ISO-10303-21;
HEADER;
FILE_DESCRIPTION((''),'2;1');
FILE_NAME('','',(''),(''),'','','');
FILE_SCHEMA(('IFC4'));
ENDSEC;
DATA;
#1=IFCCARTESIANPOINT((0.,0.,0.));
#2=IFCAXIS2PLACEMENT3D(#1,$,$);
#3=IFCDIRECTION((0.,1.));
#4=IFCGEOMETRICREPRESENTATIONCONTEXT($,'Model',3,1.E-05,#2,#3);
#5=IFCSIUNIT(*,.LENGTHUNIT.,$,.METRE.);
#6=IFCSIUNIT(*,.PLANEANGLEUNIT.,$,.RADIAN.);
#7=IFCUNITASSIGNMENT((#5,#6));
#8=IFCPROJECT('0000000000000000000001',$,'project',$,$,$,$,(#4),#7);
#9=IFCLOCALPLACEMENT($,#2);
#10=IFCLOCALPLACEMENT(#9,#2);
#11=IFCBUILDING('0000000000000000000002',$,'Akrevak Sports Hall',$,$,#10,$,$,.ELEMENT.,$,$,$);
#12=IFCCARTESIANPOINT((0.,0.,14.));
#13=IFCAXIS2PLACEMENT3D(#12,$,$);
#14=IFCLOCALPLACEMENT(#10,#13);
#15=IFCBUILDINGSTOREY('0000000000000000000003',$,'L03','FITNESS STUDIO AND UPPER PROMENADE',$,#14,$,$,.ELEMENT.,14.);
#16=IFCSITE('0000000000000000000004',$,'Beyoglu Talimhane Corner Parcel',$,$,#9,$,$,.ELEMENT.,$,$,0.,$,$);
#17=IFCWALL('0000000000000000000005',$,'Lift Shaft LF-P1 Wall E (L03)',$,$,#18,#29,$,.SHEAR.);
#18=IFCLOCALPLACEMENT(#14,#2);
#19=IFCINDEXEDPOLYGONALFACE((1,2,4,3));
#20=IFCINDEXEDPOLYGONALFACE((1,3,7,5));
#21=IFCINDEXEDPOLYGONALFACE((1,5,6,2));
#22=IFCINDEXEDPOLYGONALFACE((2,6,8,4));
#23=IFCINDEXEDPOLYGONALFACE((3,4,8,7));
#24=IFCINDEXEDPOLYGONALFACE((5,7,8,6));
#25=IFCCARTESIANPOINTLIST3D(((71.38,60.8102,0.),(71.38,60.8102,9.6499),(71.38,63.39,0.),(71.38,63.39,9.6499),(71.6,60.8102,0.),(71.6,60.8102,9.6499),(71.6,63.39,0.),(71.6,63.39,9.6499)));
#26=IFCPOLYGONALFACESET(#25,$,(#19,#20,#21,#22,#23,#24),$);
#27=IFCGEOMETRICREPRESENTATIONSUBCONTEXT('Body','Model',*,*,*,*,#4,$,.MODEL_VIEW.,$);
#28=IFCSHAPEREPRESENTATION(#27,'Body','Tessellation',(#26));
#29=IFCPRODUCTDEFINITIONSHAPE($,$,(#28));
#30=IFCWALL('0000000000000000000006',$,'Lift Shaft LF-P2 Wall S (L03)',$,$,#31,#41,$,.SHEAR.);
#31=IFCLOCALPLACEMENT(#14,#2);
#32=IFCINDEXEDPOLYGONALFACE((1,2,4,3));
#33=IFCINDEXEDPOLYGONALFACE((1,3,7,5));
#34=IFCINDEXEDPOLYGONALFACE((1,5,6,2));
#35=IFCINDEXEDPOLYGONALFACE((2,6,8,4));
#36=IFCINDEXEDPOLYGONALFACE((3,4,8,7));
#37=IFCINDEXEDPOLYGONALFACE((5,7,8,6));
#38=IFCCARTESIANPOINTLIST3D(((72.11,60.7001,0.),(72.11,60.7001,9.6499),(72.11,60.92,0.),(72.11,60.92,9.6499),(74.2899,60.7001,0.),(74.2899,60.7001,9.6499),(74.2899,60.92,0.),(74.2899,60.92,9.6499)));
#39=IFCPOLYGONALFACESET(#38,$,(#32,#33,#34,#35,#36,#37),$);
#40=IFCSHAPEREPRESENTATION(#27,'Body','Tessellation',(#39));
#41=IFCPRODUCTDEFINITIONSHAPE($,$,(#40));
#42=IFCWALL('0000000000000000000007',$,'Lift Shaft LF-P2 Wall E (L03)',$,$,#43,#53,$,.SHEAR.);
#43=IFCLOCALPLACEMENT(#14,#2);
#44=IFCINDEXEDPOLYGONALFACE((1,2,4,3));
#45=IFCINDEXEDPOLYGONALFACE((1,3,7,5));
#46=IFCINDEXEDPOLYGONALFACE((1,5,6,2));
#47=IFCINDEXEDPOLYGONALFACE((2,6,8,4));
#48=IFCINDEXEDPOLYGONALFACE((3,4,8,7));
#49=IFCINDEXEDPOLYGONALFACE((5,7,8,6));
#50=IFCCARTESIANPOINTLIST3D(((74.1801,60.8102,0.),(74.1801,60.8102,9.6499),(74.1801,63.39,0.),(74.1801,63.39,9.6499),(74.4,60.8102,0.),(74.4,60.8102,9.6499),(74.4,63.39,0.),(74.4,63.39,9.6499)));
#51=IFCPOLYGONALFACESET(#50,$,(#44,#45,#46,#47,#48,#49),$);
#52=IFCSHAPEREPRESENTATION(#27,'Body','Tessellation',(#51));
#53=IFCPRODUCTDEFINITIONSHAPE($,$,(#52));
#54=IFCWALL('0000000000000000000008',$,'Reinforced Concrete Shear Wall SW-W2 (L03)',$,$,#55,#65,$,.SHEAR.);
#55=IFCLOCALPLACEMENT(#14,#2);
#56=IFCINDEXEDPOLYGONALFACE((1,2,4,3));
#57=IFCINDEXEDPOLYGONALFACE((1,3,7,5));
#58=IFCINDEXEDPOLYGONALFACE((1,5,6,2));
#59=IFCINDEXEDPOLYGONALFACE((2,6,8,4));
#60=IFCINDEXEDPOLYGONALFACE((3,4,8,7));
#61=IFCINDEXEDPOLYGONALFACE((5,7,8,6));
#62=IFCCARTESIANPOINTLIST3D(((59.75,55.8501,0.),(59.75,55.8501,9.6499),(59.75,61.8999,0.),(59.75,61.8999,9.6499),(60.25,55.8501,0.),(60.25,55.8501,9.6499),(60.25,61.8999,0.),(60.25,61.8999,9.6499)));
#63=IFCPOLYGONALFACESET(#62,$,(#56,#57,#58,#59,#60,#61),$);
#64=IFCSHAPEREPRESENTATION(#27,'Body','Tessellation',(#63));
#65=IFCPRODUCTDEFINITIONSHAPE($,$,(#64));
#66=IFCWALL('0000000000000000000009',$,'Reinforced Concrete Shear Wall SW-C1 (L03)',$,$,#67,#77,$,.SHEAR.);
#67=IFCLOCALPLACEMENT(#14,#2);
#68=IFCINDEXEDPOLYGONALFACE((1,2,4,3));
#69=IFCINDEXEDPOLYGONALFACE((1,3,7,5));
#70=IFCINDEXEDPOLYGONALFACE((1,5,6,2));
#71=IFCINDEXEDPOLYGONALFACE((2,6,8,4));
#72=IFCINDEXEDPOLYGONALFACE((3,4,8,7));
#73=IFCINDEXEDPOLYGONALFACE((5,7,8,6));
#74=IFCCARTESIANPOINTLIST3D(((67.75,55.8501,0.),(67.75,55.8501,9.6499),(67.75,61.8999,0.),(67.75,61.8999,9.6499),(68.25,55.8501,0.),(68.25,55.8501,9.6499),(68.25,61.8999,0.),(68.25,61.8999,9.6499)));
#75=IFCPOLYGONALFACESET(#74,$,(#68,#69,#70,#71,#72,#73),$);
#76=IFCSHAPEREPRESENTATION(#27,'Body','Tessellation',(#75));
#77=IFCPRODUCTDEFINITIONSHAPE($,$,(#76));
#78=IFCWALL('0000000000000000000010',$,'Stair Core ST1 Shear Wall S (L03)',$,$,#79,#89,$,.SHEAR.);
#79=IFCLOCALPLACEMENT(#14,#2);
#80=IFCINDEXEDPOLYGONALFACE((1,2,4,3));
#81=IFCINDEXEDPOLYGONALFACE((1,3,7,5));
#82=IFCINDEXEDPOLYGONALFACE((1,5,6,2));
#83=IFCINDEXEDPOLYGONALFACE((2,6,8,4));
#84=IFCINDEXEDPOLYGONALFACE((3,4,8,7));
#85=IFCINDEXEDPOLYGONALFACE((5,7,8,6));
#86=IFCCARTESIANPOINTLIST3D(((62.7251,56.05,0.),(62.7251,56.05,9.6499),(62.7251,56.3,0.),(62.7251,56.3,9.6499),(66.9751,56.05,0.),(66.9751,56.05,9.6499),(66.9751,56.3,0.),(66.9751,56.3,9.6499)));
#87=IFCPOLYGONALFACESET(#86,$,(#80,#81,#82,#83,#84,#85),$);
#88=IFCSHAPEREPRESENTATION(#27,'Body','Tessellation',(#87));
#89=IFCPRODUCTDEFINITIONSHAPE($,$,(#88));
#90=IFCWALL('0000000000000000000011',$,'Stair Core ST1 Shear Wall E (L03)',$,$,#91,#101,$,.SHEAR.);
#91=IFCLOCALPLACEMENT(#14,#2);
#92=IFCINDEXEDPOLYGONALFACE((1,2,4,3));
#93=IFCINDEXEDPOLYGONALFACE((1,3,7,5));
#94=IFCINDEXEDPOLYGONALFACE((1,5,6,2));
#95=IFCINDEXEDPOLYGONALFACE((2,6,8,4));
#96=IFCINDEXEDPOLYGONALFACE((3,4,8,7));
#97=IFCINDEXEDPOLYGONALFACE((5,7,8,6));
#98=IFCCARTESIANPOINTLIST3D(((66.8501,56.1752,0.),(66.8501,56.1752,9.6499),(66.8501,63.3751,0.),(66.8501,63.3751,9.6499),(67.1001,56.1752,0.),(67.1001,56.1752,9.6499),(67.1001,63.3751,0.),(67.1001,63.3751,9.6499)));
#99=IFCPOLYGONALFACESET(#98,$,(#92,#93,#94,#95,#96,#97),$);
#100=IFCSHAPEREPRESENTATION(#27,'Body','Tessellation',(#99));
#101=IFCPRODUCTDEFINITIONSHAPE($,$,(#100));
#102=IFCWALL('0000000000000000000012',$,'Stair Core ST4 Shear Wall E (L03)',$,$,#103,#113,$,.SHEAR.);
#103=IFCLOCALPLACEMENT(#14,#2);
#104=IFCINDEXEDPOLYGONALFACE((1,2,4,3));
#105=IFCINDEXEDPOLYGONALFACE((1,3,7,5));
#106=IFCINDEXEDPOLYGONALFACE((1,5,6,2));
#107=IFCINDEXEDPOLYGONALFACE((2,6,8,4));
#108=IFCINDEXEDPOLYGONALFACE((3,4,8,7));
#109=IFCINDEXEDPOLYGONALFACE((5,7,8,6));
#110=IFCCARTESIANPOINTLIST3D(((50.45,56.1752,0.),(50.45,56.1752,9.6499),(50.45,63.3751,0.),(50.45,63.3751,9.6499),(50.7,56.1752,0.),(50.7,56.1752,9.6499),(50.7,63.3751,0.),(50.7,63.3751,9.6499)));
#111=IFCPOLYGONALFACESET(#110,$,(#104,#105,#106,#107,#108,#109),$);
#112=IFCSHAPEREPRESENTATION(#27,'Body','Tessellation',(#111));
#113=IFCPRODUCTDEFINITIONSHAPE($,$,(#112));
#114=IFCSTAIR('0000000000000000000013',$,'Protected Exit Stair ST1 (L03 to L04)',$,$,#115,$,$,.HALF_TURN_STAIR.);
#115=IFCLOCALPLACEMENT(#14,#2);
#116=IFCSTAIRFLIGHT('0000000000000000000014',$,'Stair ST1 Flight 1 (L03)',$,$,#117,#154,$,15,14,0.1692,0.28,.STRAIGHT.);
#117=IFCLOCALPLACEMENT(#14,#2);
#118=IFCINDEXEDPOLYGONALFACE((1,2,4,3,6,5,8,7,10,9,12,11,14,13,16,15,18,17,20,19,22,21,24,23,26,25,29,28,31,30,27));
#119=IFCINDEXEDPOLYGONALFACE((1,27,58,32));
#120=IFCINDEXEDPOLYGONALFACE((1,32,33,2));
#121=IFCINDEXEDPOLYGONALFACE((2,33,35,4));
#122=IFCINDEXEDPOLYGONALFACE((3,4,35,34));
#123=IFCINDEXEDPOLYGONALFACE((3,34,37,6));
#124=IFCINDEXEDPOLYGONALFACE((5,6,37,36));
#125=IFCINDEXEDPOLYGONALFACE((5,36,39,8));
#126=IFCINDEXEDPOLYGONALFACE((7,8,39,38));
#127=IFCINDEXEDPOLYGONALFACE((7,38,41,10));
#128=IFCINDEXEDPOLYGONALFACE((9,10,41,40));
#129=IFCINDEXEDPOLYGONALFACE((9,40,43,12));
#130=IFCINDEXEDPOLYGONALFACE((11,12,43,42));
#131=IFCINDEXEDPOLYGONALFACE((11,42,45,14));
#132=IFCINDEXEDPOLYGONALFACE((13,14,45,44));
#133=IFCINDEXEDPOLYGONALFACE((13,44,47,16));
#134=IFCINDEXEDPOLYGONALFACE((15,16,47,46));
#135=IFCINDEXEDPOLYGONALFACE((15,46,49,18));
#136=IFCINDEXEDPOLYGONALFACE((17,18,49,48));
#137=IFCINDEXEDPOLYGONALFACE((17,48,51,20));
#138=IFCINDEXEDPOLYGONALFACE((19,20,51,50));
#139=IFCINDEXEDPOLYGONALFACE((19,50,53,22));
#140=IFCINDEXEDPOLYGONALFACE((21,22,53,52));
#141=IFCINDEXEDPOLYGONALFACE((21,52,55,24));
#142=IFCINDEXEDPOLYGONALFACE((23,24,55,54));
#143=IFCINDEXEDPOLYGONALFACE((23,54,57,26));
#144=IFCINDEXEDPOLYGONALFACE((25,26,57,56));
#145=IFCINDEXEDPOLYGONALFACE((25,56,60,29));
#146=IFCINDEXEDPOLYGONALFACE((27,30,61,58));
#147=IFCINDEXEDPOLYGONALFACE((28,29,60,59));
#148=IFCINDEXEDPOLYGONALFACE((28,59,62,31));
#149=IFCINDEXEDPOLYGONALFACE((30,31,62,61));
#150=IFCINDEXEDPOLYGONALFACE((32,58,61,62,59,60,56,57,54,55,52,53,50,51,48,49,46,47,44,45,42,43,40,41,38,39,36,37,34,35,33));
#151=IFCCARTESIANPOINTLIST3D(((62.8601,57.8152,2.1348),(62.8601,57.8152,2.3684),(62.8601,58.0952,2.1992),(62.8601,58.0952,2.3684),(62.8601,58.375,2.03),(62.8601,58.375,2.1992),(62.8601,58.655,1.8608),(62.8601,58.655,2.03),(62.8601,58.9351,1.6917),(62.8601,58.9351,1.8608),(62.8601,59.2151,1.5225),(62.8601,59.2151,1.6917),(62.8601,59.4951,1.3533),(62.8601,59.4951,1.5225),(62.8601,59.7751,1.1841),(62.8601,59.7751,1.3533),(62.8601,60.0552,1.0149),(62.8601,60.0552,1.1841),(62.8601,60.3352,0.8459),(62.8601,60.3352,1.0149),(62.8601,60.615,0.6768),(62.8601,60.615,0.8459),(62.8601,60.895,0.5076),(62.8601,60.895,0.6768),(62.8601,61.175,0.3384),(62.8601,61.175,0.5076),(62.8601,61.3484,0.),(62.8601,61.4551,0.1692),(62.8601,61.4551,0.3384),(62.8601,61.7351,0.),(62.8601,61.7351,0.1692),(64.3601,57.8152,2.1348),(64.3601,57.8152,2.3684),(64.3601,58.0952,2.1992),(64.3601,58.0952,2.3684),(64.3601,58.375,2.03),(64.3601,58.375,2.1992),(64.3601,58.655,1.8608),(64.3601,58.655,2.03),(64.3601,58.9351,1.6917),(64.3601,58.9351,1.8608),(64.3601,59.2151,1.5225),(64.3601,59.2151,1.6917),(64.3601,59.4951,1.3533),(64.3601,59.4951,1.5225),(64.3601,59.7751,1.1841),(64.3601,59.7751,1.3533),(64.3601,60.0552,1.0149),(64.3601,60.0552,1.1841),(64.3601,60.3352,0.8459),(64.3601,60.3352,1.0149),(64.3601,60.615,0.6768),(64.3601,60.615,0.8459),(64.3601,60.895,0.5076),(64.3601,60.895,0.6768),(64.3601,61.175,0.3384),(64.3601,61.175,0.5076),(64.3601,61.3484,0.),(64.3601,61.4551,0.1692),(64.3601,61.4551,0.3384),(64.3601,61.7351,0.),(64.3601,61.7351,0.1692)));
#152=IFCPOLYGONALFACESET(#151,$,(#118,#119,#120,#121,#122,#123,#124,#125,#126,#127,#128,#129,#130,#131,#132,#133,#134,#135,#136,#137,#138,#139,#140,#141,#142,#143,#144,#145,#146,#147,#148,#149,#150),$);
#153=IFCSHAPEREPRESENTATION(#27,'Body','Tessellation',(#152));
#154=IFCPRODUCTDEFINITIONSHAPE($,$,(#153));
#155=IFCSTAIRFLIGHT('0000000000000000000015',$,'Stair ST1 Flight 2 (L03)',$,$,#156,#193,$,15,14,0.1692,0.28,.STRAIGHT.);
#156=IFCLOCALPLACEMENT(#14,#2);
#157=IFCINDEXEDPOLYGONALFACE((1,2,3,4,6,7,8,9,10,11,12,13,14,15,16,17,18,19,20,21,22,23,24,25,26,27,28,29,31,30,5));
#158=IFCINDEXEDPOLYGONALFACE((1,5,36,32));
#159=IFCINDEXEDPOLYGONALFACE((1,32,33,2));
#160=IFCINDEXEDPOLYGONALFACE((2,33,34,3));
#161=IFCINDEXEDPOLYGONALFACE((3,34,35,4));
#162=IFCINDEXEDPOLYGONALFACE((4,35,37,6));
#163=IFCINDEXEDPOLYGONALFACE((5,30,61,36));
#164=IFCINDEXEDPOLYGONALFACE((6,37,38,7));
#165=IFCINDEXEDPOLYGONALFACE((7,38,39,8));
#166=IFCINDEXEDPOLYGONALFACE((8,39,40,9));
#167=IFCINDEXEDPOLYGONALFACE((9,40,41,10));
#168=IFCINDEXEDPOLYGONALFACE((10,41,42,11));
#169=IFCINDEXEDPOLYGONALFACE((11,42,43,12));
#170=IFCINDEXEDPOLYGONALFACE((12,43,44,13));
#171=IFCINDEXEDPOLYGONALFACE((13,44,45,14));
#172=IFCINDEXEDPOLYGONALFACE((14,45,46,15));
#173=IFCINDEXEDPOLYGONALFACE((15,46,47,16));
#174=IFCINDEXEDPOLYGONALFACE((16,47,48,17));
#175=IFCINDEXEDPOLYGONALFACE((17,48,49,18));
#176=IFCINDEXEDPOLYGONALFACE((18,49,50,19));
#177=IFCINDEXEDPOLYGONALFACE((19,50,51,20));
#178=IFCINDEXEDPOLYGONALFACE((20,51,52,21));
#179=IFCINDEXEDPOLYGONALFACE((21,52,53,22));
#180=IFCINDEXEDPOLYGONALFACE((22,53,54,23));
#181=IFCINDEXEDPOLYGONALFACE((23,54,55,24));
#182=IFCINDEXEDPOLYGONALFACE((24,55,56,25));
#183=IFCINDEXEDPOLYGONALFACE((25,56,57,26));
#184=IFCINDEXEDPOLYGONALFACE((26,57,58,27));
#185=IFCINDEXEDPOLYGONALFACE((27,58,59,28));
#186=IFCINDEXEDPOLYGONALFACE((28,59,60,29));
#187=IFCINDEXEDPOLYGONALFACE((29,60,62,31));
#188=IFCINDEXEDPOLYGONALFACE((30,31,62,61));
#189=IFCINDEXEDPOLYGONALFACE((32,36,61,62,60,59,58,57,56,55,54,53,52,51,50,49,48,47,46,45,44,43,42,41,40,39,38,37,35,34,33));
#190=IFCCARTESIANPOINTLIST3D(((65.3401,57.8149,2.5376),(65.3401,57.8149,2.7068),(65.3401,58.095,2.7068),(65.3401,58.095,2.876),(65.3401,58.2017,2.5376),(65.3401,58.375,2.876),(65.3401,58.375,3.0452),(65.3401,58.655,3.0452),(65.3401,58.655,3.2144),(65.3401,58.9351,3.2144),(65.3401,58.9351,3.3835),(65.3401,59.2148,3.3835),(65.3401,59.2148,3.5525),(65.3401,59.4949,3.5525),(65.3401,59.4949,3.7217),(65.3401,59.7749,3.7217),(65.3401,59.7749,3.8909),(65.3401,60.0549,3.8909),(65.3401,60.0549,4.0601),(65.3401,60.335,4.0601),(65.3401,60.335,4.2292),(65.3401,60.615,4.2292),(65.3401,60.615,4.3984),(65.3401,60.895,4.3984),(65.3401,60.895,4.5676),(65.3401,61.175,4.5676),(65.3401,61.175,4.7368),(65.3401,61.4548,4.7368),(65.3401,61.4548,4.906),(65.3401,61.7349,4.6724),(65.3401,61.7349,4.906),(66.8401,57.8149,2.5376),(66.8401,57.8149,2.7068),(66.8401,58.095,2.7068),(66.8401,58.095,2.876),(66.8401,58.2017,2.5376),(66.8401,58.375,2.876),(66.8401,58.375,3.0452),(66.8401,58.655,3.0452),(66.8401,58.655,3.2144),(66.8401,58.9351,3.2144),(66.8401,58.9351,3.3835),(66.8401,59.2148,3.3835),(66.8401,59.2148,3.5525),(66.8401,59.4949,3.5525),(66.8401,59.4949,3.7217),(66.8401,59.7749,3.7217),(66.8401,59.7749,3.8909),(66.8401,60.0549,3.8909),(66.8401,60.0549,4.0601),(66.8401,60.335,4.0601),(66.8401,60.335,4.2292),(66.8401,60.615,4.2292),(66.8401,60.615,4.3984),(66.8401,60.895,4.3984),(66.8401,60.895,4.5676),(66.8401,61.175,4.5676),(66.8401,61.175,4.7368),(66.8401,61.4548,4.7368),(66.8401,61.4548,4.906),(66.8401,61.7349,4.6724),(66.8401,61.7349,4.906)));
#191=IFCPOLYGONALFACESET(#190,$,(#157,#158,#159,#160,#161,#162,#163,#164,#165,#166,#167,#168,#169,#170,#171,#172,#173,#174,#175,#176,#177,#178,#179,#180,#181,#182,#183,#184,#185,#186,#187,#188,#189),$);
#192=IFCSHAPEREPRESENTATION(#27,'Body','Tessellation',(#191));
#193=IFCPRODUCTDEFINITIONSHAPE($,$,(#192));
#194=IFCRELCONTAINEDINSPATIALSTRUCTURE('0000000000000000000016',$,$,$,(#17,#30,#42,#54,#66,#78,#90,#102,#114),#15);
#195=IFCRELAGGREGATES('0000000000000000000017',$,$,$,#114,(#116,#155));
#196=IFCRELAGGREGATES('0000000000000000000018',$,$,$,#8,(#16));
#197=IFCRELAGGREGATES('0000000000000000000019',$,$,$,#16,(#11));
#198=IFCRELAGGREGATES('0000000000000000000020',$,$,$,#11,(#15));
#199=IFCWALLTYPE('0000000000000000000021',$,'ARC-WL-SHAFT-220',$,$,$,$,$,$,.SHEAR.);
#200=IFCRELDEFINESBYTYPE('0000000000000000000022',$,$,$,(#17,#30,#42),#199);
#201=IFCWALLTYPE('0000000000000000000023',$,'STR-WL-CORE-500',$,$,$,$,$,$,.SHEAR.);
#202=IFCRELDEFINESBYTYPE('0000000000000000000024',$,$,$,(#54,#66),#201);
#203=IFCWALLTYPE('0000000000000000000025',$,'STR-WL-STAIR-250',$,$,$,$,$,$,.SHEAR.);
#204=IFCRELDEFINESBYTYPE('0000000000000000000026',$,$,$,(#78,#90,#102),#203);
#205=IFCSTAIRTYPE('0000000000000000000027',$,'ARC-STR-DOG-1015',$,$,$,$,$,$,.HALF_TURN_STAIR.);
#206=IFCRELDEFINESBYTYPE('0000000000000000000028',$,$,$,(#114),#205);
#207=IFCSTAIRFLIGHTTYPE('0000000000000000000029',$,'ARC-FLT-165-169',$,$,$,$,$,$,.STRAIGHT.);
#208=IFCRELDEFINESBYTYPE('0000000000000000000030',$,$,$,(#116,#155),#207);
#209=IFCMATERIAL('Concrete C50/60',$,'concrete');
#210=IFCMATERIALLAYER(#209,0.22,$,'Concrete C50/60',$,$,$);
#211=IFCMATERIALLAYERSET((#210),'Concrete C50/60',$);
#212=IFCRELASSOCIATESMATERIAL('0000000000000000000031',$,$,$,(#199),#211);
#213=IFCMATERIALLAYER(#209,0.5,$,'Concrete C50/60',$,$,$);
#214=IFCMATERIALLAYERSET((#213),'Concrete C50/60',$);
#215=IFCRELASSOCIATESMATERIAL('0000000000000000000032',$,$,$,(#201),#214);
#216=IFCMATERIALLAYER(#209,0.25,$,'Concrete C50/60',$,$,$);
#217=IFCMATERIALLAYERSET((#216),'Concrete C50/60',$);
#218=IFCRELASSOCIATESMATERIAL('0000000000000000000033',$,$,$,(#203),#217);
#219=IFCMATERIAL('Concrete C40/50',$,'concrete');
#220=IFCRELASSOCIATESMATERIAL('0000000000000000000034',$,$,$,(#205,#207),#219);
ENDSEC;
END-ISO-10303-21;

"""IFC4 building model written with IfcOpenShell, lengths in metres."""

from ifc_helpers import new_model, si_unit, direction, frame, frame_2d, origin, place, context, subcontext, project, spatial, polyline, rectangle, outline, extrude, material, layer, layer_set, type_object, element, aggregate, save


model = new_model("IFC4")

# Units and contexts
model_context = context("Model", 3, precision=1e-05, world=origin(), true_north=direction((0.0, 1.0)))
body_context = subcontext(model_context, "Body", "Model", "MODEL_VIEW")
ifc_project = project(units=[si_unit("LENGTHUNIT", "METRE"), si_unit("PLANEANGLEUNIT", "RADIAN")], contexts=[model_context])

# Site, building, storey
site_placement = place(None, origin())
site = spatial("IfcSite", under=ifc_project, at=site_placement, Name="Beyoglu Talimhane Corner Parcel", CompositionType="ELEMENT", RefElevation=0.0)
building_placement = place(site_placement, origin())
building = spatial("IfcBuilding", under=site, at=building_placement, Name="Akrevak Sports Hall", CompositionType="ELEMENT")
storey_placement = place(building_placement, frame((0.0, 0.0, 14.0)))
storey = spatial("IfcBuildingStorey", under=building, at=storey_placement, Name="L03", Description="FITNESS STUDIO AND UPPER PROMENADE", CompositionType="ELEMENT", Elevation=14.0)

# Shared definitions
ifc_material_1 = material(Name="Concrete C50/60", Category="concrete")

# Shared definitions
ifc_material_2 = material(Name="Concrete C40/50", Category="concrete")

# Walls
ifc_layer_1 = layer(ifc_material_1, 0.22, Name="Concrete C50/60")
ifc_layer_set_1 = layer_set([ifc_layer_1], Name="Concrete C50/60")
wall_type_1 = type_object("IfcWallType", Name="ARC-WL-SHAFT-220", PredefinedType="SHEAR", material=ifc_layer_set_1)
wall_1_placement = place(storey_placement, frame((71.49, 60.8101, 0.0), z_axis=(0.0, 0.0, 1.0), x_axis=(0.0, 1.0, 0.0)))
element("IfcWall", 1, at=wall_1_placement, inside=storey, type_object=wall_type_1, Name="Lift Shaft LF-P1 Wall E (L03)", PredefinedType="SHEAR", context=body_context, shape_type="SweptSolid", body=[
    extrude(rectangle(XDim=2.5798, YDim=0.22, at=frame_2d((1.29, 0.0))), origin(), (0.0, 0.0, 1.0), 9.6499),
])
wall_2_placement = place(storey_placement, frame((72.1101, 60.8101, 0.0), z_axis=(0.0, 0.0, 1.0), x_axis=(1.0, 0.0, 0.0)))
element("IfcWall", 2, at=wall_2_placement, inside=storey, type_object=wall_type_1, Name="Lift Shaft LF-P2 Wall S (L03)", PredefinedType="SHEAR", context=body_context, shape_type="SweptSolid", body=[
    extrude(rectangle(XDim=2.1799, YDim=0.22, at=frame_2d((1.0898, 0.0))), origin(), (0.0, 0.0, 1.0), 9.6499),
])
wall_3_placement = place(storey_placement, frame((74.29, 60.8101, 0.0), z_axis=(0.0, 0.0, 1.0), x_axis=(0.0, 1.0, 0.0)))
element("IfcWall", 3, at=wall_3_placement, inside=storey, type_object=wall_type_1, Name="Lift Shaft LF-P2 Wall E (L03)", PredefinedType="SHEAR", context=body_context, shape_type="SweptSolid", body=[
    extrude(rectangle(XDim=2.5798, YDim=0.22, at=frame_2d((1.29, 0.0))), origin(), (0.0, 0.0, 1.0), 9.6499),
])
ifc_layer_2 = layer(ifc_material_1, 0.5, Name="Concrete C50/60")
ifc_layer_set_2 = layer_set([ifc_layer_2], Name="Concrete C50/60")
wall_type_2 = type_object("IfcWallType", Name="STR-WL-CORE-500", PredefinedType="SHEAR", material=ifc_layer_set_2)
for number, where, z_axis, x_axis, name in (
    (4, (60.0, 55.8501, 0.0), (0.0, 0.0, 1.0), (0.0, 1.0, 0.0), "Reinforced Concrete Shear Wall SW-W2 (L03)"),
    (5, (68.0, 55.8501, 0.0), (0.0, 0.0, 1.0), (0.0, 1.0, 0.0), "Reinforced Concrete Shear Wall SW-C1 (L03)"),
):
    element("IfcWall", number, at=place(storey_placement, frame(where, z_axis=z_axis, x_axis=x_axis)), inside=storey, type_object=wall_type_2, Name=name, PredefinedType="SHEAR", context=body_context, shape_type="SweptSolid", body=[
        extrude(rectangle(XDim=6.0498, YDim=0.5, at=frame_2d((3.0249, 0.0))), origin(), (0.0, 0.0, 1.0), 9.6499),
    ])
ifc_layer_3 = layer(ifc_material_1, 0.25, Name="Concrete C50/60")
ifc_layer_set_3 = layer_set([ifc_layer_3], Name="Concrete C50/60")
wall_type_3 = type_object("IfcWallType", Name="STR-WL-STAIR-250", PredefinedType="SHEAR", material=ifc_layer_set_3)
wall_4_placement = place(storey_placement, frame((62.7251, 56.175, 0.0), z_axis=(0.0, 0.0, 1.0), x_axis=(1.0, 0.0, 0.0)))
element("IfcWall", 6, at=wall_4_placement, inside=storey, type_object=wall_type_3, Name="Stair Core ST1 Shear Wall S (L03)", PredefinedType="SHEAR", context=body_context, shape_type="SweptSolid", body=[
    extrude(rectangle(XDim=4.25, YDim=0.25, at=frame_2d((2.125, 0.0))), origin(), (0.0, 0.0, 1.0), 9.6499),
])
for number, where, z_axis, x_axis, name in (
    (7, (66.9751, 56.175, 0.0), (0.0, 0.0, 1.0), (0.0, 1.0, 0.0), "Stair Core ST1 Shear Wall E (L03)"),
    (8, (50.575, 56.175, 0.0), (0.0, 0.0, 1.0), (0.0, 1.0, 0.0), "Stair Core ST4 Shear Wall E (L03)"),
):
    element("IfcWall", number, at=place(storey_placement, frame(where, z_axis=z_axis, x_axis=x_axis)), inside=storey, type_object=wall_type_3, Name=name, PredefinedType="SHEAR", context=body_context, shape_type="SweptSolid", body=[
        extrude(rectangle(XDim=7.2, YDim=0.25, at=frame_2d((3.6001, 0.0))), origin(), (0.0, 0.0, 1.0), 9.6499),
    ])

# Stair, stair flights
stair_type = type_object("IfcStairType", Name="ARC-STR-DOG-1015", PredefinedType="HALF_TURN_STAIR", material=ifc_material_2)
stair_placement = place(storey_placement, origin())
stair = element("IfcStair", 9, at=stair_placement, inside=storey, type_object=stair_type, Name="Protected Exit Stair ST1 (L03 to L04)", PredefinedType="HALF_TURN_STAIR")
stair_flight_type = type_object("IfcStairFlightType", Name="ARC-FLT-165-169", PredefinedType="STRAIGHT", material=ifc_material_2)
stair_flight_1_placement = place(storey_placement, frame((63.6101, 61.7351, 0.0), z_axis=(0.0, 0.0, 1.0), x_axis=(0.0, -1.0, 0.0)))
stair_flight_1 = element("IfcStairFlight", 10, at=stair_flight_1_placement, type_object=stair_flight_type, Name="Stair ST1 Flight 1 (L03)", NumberOfRisers=15, NumberOfTreads=14, PredefinedType="STRAIGHT", RiserHeight=0.1692, TreadLength=0.28, context=body_context, shape_type="SweptSolid", body=[
    extrude(outline(polyline([(0.0, 0.0), (0.0, 0.1692), (0.28, 0.1692), (0.28, 0.3384), (0.5601, 0.3384), (0.5601, 0.5076), (0.8401, 0.5076), (0.8401, 0.6768), (1.1201, 0.6768), (1.1201, 0.8459), (1.3999, 0.8459), (1.3999, 1.0149), (1.6799, 1.0149), (1.6799, 1.1841), (1.96, 1.1841), (1.96, 1.3533), (2.24, 1.3533), (2.24, 1.5225), (2.52, 1.5225), (2.52, 1.6917), (2.8, 1.6917), (2.8, 1.8608), (3.0801, 1.8608), (3.0801, 2.03), (3.3601, 2.03), (3.3601, 2.1992), (3.6399, 2.1992), (3.6399, 2.3684), (3.9199, 2.3684), (3.9199, 2.5376), (3.9199, 2.1348), (0.3867, 0.0), (0.0, 0.0)])), frame((0.0, 0.75, 0.0), z_axis=(0.0, -1.0, 0.0), x_axis=(1.0, 0.0, 0.0)), (0.0, 0.0, 1.0), 1.5),
])
stair_flight_2_placement = place(storey_placement, frame((66.0901, 57.8149, 2.5376), z_axis=(0.0, 0.0, 1.0), x_axis=(0.0, 1.0, 0.0)))
stair_flight_2 = element("IfcStairFlight", 11, at=stair_flight_2_placement, type_object=stair_flight_type, Name="Stair ST1 Flight 2 (L03)", NumberOfRisers=15, NumberOfTreads=14, PredefinedType="STRAIGHT", RiserHeight=0.1692, TreadLength=0.28, context=body_context, shape_type="SweptSolid", body=[
    extrude(outline(polyline([(0.0, 0.0), (0.0, 0.1692), (0.28, 0.1692), (0.28, 0.3384), (0.5601, 0.3384), (0.5601, 0.5076), (0.8401, 0.5076), (0.8401, 0.6768), (1.1201, 0.6768), (1.1201, 0.8459), (1.3999, 0.8459), (1.3999, 1.0149), (1.6799, 1.0149), (1.6799, 1.1841), (1.96, 1.1841), (1.96, 1.3533), (2.24, 1.3533), (2.24, 1.5225), (2.52, 1.5225), (2.52, 1.6917), (2.8, 1.6917), (2.8, 1.8608), (3.0801, 1.8608), (3.0801, 2.03), (3.3601, 2.03), (3.3601, 2.1992), (3.6399, 2.1992), (3.6399, 2.3684), (3.9199, 2.3684), (3.9199, 2.5376), (3.9199, 2.1348), (0.3867, 0.0), (0.0, 0.0)])), frame((0.0, 0.75, 0.0), z_axis=(0.0, -1.0, 0.0), x_axis=(1.0, 0.0, 0.0)), (0.0, 0.0, 1.0), 1.5),
])
aggregate(stair, [stair_flight_1, stair_flight_2])

save(model, "model.ifc")
